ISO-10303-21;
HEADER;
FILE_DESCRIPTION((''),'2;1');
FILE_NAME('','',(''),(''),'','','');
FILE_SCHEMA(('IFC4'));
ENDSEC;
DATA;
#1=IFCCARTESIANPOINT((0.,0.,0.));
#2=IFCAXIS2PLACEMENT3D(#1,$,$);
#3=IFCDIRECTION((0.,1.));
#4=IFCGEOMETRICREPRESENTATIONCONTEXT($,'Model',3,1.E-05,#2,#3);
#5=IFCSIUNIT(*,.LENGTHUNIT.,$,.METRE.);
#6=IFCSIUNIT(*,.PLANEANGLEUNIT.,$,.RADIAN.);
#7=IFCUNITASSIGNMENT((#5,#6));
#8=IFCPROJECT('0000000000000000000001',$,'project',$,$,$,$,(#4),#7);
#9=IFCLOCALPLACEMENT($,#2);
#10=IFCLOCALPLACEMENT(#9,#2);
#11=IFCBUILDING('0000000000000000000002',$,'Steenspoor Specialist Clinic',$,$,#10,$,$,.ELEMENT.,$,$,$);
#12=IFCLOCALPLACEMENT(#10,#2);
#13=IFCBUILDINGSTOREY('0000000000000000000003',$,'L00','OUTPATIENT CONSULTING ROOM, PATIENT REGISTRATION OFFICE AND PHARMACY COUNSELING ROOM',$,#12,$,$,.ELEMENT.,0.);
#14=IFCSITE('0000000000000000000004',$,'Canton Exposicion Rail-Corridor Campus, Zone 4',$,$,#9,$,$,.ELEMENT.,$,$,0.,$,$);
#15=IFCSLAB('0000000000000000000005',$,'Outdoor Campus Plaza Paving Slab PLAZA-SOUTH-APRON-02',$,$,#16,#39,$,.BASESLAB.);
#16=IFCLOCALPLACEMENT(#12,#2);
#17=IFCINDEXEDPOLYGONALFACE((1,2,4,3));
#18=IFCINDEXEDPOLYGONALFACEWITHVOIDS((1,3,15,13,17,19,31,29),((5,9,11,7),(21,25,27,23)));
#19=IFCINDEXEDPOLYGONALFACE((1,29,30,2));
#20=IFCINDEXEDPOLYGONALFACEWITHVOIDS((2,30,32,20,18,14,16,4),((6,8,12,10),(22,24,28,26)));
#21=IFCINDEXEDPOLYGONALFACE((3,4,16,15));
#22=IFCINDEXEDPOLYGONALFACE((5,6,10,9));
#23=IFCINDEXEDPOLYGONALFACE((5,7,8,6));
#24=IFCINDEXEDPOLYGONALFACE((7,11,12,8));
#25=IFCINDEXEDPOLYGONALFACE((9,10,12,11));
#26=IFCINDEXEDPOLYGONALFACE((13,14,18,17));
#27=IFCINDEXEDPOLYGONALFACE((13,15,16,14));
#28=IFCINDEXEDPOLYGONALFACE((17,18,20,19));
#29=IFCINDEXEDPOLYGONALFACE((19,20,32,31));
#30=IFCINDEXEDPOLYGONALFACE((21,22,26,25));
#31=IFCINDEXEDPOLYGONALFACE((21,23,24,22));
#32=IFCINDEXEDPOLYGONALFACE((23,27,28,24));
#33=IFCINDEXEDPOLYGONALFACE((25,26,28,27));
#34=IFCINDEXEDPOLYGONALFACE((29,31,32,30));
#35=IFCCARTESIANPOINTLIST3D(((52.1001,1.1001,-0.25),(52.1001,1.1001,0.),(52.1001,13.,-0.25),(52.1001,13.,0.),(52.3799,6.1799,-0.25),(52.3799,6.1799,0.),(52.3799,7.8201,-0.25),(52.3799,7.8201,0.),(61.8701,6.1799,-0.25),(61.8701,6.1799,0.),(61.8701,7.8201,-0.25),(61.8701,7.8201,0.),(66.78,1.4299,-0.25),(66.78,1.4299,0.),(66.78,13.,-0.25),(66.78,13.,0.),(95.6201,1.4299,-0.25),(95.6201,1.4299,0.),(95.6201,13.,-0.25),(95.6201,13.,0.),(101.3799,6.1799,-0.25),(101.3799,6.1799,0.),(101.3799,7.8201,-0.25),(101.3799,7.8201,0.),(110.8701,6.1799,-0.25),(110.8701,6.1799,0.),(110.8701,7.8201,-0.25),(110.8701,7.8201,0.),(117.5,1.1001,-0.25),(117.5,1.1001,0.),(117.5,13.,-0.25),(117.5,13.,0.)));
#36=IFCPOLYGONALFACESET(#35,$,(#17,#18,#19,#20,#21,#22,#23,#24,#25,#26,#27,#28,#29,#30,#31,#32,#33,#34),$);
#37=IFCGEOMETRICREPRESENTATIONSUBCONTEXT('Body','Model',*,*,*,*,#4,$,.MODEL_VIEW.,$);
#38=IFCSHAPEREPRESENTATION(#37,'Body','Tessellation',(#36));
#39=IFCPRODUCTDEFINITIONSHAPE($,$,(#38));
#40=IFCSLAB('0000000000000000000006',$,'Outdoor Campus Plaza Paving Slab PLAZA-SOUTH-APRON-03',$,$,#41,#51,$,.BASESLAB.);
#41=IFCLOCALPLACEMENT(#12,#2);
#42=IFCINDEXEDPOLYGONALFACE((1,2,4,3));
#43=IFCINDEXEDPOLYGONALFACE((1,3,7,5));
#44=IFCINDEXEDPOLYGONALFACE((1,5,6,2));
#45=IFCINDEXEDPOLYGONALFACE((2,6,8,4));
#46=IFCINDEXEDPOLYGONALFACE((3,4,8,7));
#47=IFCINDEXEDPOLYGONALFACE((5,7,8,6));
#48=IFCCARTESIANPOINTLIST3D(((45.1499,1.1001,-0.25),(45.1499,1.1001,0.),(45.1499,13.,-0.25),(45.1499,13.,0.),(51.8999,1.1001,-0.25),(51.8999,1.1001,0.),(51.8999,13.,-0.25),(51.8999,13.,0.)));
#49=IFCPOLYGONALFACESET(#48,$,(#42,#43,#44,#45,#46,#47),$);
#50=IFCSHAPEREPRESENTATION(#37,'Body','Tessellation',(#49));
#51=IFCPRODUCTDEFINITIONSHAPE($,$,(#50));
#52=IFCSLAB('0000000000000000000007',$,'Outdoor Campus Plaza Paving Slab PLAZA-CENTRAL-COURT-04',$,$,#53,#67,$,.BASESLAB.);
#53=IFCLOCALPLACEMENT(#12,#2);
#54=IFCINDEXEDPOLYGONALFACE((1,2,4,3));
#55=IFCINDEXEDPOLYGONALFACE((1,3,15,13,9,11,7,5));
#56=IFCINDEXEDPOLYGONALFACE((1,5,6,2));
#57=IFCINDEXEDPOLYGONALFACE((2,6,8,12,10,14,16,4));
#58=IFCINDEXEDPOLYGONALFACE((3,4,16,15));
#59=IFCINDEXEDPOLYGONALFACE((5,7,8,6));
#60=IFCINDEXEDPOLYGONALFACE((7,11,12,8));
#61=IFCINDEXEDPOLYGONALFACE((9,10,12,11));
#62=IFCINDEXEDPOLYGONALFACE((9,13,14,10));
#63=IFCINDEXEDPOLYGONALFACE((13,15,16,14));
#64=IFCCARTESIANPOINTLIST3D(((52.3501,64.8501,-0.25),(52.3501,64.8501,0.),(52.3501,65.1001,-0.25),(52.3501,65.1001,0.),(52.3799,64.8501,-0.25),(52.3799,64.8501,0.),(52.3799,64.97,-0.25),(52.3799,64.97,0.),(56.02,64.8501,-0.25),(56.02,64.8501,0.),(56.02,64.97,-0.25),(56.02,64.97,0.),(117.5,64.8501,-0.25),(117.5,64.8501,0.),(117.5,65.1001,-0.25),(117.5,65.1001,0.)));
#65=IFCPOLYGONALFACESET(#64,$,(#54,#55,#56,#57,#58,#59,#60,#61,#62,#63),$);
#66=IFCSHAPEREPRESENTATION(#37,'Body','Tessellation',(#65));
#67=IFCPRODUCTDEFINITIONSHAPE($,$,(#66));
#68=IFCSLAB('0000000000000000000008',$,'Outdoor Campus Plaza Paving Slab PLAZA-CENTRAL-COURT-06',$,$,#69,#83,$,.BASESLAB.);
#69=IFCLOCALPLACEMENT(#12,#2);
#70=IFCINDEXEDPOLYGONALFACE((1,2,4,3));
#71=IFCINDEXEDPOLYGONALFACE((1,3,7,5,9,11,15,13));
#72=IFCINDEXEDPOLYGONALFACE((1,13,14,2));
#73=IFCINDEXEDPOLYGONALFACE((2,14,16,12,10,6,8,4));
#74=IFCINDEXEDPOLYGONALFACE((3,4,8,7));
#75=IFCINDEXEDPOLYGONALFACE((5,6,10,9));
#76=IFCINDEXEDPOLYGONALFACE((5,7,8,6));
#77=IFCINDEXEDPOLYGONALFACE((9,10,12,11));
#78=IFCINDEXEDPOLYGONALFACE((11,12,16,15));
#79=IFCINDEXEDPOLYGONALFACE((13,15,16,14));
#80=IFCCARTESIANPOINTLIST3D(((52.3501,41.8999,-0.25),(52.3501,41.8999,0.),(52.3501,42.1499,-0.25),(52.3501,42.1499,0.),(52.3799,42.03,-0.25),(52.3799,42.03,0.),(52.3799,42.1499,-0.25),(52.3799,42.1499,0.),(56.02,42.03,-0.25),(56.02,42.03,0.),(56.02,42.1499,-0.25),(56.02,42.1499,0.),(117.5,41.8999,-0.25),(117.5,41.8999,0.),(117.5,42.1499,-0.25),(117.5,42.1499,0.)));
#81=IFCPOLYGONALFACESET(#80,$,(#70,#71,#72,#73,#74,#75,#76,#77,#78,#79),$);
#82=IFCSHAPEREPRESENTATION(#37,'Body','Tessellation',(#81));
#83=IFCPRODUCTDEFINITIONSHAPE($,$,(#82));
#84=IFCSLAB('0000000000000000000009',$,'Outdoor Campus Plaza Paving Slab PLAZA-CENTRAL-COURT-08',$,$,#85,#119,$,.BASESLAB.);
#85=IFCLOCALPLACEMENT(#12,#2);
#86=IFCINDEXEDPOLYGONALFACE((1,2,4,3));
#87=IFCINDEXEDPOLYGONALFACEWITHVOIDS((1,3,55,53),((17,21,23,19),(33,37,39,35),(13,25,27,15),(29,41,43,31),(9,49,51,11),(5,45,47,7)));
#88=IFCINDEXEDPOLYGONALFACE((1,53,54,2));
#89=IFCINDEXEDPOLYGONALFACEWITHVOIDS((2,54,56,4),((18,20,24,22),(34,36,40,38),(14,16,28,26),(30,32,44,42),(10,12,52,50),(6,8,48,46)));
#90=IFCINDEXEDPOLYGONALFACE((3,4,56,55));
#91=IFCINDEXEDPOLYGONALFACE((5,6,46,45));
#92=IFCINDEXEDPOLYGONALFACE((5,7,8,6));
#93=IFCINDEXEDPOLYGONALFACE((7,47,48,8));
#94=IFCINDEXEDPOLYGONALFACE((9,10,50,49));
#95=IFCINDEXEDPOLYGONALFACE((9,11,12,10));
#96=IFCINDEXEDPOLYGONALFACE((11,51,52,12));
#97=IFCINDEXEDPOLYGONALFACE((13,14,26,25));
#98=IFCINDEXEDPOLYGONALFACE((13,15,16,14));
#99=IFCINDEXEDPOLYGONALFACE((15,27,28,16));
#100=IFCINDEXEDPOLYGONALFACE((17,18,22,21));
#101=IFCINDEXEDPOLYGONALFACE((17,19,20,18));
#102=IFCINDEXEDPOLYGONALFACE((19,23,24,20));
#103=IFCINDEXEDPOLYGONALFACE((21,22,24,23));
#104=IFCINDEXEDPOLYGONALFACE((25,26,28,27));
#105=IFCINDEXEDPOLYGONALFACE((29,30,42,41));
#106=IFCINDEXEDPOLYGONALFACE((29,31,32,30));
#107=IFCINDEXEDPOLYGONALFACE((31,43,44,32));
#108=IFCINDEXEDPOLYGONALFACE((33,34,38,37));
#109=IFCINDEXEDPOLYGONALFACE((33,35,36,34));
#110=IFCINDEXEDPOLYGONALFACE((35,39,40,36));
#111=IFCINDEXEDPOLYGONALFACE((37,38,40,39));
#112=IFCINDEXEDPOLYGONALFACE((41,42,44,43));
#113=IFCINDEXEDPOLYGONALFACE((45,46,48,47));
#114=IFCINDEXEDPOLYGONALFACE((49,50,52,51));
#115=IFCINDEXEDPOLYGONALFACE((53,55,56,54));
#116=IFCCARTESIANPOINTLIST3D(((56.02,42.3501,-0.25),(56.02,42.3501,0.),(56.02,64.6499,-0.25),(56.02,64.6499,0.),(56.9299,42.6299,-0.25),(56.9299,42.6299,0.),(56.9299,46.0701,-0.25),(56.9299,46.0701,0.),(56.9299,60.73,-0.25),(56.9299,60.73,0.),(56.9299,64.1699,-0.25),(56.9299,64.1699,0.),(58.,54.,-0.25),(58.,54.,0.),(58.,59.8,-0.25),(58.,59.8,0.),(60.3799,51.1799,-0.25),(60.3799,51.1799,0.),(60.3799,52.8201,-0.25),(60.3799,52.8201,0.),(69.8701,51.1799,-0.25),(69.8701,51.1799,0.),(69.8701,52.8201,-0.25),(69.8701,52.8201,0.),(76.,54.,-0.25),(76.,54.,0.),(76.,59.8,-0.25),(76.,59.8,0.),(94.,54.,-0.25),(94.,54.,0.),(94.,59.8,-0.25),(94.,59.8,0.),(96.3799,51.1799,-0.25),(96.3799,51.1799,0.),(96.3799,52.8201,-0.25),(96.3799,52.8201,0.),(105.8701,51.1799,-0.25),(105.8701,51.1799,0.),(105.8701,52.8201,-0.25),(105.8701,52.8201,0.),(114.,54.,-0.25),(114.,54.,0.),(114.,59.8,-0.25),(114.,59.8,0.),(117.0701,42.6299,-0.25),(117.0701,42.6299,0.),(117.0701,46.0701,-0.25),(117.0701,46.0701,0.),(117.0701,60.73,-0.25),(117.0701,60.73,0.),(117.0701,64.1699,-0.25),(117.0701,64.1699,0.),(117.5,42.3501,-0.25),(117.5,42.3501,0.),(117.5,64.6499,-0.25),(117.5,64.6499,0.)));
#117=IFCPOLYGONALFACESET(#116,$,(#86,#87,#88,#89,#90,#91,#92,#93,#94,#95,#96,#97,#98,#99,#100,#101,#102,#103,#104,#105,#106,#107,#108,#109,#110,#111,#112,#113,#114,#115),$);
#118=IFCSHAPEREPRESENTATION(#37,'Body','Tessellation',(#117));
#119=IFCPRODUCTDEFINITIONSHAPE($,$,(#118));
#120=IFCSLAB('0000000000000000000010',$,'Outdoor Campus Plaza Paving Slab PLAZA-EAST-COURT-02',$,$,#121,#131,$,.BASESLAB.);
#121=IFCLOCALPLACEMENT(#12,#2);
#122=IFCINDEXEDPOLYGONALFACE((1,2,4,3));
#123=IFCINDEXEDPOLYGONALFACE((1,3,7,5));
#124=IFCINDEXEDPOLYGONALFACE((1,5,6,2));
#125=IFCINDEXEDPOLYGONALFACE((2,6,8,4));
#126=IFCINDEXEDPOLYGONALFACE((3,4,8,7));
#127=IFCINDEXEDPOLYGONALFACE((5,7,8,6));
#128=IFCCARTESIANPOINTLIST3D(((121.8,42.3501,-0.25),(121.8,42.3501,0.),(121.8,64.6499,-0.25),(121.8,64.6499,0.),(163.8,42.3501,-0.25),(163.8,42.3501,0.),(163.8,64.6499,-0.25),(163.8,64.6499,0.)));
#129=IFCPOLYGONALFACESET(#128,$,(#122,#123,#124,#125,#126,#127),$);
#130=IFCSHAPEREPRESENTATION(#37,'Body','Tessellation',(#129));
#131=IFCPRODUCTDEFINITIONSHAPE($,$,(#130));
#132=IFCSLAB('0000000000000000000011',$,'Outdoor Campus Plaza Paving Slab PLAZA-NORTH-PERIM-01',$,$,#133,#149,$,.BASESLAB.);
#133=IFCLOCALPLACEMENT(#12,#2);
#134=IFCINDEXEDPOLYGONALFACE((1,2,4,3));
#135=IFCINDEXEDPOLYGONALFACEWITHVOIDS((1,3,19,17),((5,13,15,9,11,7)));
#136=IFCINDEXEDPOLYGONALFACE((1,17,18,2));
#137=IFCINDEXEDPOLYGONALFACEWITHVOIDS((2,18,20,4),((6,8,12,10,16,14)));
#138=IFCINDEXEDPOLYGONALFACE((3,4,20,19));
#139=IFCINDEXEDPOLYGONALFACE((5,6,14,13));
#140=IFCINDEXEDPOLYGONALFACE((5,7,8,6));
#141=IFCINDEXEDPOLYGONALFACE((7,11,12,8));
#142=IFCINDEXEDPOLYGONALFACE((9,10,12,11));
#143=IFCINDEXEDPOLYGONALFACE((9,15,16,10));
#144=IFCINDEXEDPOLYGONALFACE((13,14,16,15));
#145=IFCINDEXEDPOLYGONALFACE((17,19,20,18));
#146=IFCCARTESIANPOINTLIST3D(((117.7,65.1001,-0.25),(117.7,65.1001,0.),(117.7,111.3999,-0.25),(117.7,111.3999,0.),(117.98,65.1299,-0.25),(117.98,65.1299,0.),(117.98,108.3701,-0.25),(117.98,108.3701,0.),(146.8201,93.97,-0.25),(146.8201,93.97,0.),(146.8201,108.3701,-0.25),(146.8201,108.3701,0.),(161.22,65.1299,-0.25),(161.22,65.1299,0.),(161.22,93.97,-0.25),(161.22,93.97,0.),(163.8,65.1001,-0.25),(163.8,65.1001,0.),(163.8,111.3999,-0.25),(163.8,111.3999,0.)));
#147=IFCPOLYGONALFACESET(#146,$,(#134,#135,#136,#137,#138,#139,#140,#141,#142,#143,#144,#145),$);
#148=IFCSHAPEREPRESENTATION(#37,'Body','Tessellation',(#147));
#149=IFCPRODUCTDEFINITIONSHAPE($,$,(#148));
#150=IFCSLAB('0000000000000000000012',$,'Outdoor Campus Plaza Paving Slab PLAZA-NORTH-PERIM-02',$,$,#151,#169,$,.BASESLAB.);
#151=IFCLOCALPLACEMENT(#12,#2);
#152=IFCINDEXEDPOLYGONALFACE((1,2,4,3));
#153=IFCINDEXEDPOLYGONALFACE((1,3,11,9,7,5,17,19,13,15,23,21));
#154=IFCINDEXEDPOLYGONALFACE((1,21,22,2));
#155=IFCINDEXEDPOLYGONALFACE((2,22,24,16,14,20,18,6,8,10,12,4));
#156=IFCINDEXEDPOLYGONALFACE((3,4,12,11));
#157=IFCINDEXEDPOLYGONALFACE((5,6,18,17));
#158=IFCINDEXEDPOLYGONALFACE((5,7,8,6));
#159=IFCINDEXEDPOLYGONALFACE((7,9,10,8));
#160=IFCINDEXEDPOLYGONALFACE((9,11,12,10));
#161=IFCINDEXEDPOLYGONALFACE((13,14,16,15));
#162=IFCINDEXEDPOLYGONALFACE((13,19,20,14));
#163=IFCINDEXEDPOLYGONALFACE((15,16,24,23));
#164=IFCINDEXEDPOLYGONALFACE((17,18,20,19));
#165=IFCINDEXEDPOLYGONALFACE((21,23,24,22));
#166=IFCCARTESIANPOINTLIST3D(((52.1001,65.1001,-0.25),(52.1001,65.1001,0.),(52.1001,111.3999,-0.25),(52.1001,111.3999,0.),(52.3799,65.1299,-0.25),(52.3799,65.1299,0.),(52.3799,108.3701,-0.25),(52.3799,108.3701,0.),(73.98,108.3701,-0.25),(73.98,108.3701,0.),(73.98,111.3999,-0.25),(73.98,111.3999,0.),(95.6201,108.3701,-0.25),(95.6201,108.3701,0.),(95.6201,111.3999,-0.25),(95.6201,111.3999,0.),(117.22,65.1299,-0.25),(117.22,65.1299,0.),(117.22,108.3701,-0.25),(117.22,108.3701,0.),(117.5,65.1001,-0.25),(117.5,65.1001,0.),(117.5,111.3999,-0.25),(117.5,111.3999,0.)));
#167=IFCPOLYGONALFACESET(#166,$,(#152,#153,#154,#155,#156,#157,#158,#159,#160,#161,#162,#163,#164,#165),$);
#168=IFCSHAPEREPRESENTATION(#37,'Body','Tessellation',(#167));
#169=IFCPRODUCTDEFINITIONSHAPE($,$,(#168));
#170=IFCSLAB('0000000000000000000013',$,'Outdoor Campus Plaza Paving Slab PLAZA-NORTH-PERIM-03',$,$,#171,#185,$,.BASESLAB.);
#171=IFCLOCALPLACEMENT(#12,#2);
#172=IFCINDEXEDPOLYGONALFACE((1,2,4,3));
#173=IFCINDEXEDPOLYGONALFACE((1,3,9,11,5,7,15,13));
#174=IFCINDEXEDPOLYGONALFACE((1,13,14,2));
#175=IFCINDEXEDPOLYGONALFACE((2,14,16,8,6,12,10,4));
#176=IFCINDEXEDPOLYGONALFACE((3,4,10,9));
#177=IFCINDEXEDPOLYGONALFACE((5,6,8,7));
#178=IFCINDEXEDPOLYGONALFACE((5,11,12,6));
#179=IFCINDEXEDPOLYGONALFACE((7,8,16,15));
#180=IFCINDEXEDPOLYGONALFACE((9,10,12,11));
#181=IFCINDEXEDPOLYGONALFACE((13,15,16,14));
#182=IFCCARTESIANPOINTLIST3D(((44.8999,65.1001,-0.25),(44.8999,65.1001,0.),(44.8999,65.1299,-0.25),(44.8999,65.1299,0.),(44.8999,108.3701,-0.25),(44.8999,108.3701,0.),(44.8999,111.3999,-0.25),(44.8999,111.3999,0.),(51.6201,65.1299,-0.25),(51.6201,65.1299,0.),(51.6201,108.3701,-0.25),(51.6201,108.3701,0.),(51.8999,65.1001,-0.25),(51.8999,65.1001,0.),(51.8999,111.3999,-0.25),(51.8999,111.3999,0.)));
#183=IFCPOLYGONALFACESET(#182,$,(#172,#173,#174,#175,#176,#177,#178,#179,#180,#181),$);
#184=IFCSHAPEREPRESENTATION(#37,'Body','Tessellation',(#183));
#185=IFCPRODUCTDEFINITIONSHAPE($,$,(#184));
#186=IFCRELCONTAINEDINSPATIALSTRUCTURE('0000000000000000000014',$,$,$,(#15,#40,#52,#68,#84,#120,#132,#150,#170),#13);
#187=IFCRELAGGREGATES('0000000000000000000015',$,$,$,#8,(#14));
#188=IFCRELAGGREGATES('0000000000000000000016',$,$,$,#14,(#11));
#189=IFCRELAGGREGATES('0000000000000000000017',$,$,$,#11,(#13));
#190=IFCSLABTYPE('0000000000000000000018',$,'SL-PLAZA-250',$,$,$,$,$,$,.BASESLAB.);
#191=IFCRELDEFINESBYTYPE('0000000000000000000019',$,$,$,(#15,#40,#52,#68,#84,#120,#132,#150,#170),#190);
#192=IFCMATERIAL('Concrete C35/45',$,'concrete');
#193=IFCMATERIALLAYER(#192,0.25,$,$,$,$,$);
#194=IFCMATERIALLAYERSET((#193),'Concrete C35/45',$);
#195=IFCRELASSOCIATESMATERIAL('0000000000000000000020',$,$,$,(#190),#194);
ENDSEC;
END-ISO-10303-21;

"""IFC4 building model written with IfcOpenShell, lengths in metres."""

from ifc_helpers import new_model, si_unit, direction, frame, origin, place, context, subcontext, project, spatial, polyline, outline, extrude, material, layer, layer_set, type_object, element, save


model = new_model("IFC4")

# Units and contexts
model_context = context("Model", 3, precision=1e-05, world=origin(), true_north=direction((0.0, 1.0)))
body_context = subcontext(model_context, "Body", "Model", "MODEL_VIEW")
ifc_project = project(units=[si_unit("LENGTHUNIT", "METRE"), si_unit("PLANEANGLEUNIT", "RADIAN")], contexts=[model_context])

# Site, building, storey
site_placement = place(None, origin())
site = spatial("IfcSite", under=ifc_project, at=site_placement, Name="Canton Exposicion Rail-Corridor Campus, Zone 4", CompositionType="ELEMENT", RefElevation=0.0)
building_placement = place(site_placement, origin())
building = spatial("IfcBuilding", under=site, at=building_placement, Name="Steenspoor Specialist Clinic", CompositionType="ELEMENT")
storey_placement = place(building_placement, origin())
storey = spatial("IfcBuildingStorey", under=building, at=storey_placement, Name="L00", Description="OUTPATIENT CONSULTING ROOM, PATIENT REGISTRATION OFFICE AND PHARMACY COUNSELING ROOM", CompositionType="ELEMENT", Elevation=0.0)

# Slabs
ifc_material = material(Name="Concrete C35/45", Category="concrete")
ifc_layer_1 = layer(ifc_material, 0.25)
ifc_layer_set_1 = layer_set([ifc_layer_1], Name="Concrete C35/45")
slab_type_1 = type_object("IfcSlabType", Name="SL-PLAZA-250", PredefinedType="BASESLAB", material=ifc_layer_set_1)
slab_1_placement = place(storey_placement, frame((0.0, 0.0, -0.25)))
element("IfcSlab", 1, at=slab_1_placement, inside=storey, type_object=slab_type_1, Name="Outdoor Campus Plaza Paving Slab PLAZA-SOUTH-APRON-02", PredefinedType="BASESLAB", context=body_context, shape_type="SweptSolid", body=[
    extrude(outline(polyline([(117.5, 13.0), (117.5, 1.1001), (52.1001, 1.1001), (52.1001, 13.0), (66.78, 13.0), (66.78, 1.4299), (95.6201, 1.4299), (95.6201, 13.0), (117.5, 13.0)]), holes=[polyline([(61.8701, 7.8201), (52.3799, 7.8201), (52.3799, 6.1799), (61.8701, 6.1799), (61.8701, 7.8201)]), polyline([(110.8701, 6.1799), (110.8701, 7.8201), (101.3799, 7.8201), (101.3799, 6.1799), (110.8701, 6.1799)])]), origin(), (0.0, 0.0, 1.0), 0.25),
])
slab_2_placement = place(storey_placement, frame((0.0, 0.0, -0.25)))
element("IfcSlab", 2, at=slab_2_placement, inside=storey, type_object=slab_type_1, Name="Outdoor Campus Plaza Paving Slab PLAZA-SOUTH-APRON-03", PredefinedType="BASESLAB", context=body_context, shape_type="SweptSolid", body=[
    extrude(outline(polyline([(45.1499, 1.1001), (45.1499, 13.0), (51.8999, 13.0), (51.8999, 1.1001), (45.1499, 1.1001)])), origin(), (0.0, 0.0, 1.0), 0.25),
])
slab_3_placement = place(storey_placement, frame((0.0, 0.0, -0.25)))
element("IfcSlab", 3, at=slab_3_placement, inside=storey, type_object=slab_type_1, Name="Outdoor Campus Plaza Paving Slab PLAZA-CENTRAL-COURT-04", PredefinedType="BASESLAB", context=body_context, shape_type="SweptSolid", body=[
    extrude(outline(polyline([(52.3501, 65.1001), (117.5, 65.1001), (117.5, 64.8501), (56.02, 64.8501), (56.02, 64.97), (52.3799, 64.97), (52.3799, 64.8501), (52.3501, 64.8501), (52.3501, 65.1001)])), origin(), (0.0, 0.0, 1.0), 0.25),
])
slab_4_placement = place(storey_placement, frame((0.0, 0.0, -0.25)))
element("IfcSlab", 4, at=slab_4_placement, inside=storey, type_object=slab_type_1, Name="Outdoor Campus Plaza Paving Slab PLAZA-CENTRAL-COURT-06", PredefinedType="BASESLAB", context=body_context, shape_type="SweptSolid", body=[
    extrude(outline(polyline([(52.3501, 41.8999), (52.3501, 42.1499), (52.3799, 42.1499), (52.3799, 42.03), (56.02, 42.03), (56.02, 42.1499), (117.5, 42.1499), (117.5, 41.8999), (52.3501, 41.8999)])), origin(), (0.0, 0.0, 1.0), 0.25),
])
slab_5_placement = place(storey_placement, frame((0.0, 0.0, -0.25)))
element("IfcSlab", 5, at=slab_5_placement, inside=storey, type_object=slab_type_1, Name="Outdoor Campus Plaza Paving Slab PLAZA-CENTRAL-COURT-08", PredefinedType="BASESLAB", context=body_context, shape_type="SweptSolid", body=[
    extrude(outline(polyline([(117.5, 64.6499), (117.5, 42.3501), (56.02, 42.3501), (56.02, 64.6499), (117.5, 64.6499)]), holes=[polyline([(69.8701, 51.1799), (69.8701, 52.8201), (60.3799, 52.8201), (60.3799, 51.1799), (69.8701, 51.1799)]), polyline([(76.0, 54.0), (76.0, 59.8), (58.0, 59.8), (58.0, 54.0), (76.0, 54.0)]), polyline([(117.0701, 42.6299), (117.0701, 46.0701), (56.9299, 46.0701), (56.9299, 42.6299), (117.0701, 42.6299)]), polyline([(105.8701, 51.1799), (105.8701, 52.8201), (96.3799, 52.8201), (96.3799, 51.1799), (105.8701, 51.1799)]), polyline([(114.0, 54.0), (114.0, 59.8), (94.0, 59.8), (94.0, 54.0), (114.0, 54.0)]), polyline([(117.0701, 60.73), (117.0701, 64.1699), (56.9299, 64.1699), (56.9299, 60.73), (117.0701, 60.73)])]), origin(), (0.0, 0.0, 1.0), 0.25),
])
slab_6_placement = place(storey_placement, frame((0.0, 0.0, -0.25)))
element("IfcSlab", 6, at=slab_6_placement, inside=storey, type_object=slab_type_1, Name="Outdoor Campus Plaza Paving Slab PLAZA-EAST-COURT-02", PredefinedType="BASESLAB", context=body_context, shape_type="SweptSolid", body=[
    extrude(outline(polyline([(163.8, 42.3501), (121.8, 42.3501), (121.8, 64.6499), (163.8, 64.6499), (163.8, 42.3501)])), origin(), (0.0, 0.0, 1.0), 0.25),
])
slab_7_placement = place(storey_placement, frame((0.0, 0.0, -0.25)))
element("IfcSlab", 7, at=slab_7_placement, inside=storey, type_object=slab_type_1, Name="Outdoor Campus Plaza Paving Slab PLAZA-NORTH-PERIM-01", PredefinedType="BASESLAB", context=body_context, shape_type="SweptSolid", body=[
    extrude(outline(polyline([(163.8, 111.3999), (163.8, 65.1001), (117.7, 65.1001), (117.7, 111.3999), (163.8, 111.3999)]), holes=[polyline([(146.8201, 108.3701), (117.98, 108.3701), (117.98, 65.1299), (161.22, 65.1299), (161.22, 93.97), (146.8201, 93.97), (146.8201, 108.3701)])]), origin(), (0.0, 0.0, 1.0), 0.25),
])
slab_8_placement = place(storey_placement, frame((0.0, 0.0, -0.25)))
element("IfcSlab", 8, at=slab_8_placement, inside=storey, type_object=slab_type_1, Name="Outdoor Campus Plaza Paving Slab PLAZA-NORTH-PERIM-02", PredefinedType="BASESLAB", context=body_context, shape_type="SweptSolid", body=[
    extrude(outline(polyline([(117.5, 111.3999), (117.5, 65.1001), (52.1001, 65.1001), (52.1001, 111.3999), (73.98, 111.3999), (73.98, 108.3701), (52.3799, 108.3701), (52.3799, 65.1299), (117.22, 65.1299), (117.22, 108.3701), (95.6201, 108.3701), (95.6201, 111.3999), (117.5, 111.3999)])), origin(), (0.0, 0.0, 1.0), 0.25),
])
slab_9_placement = place(storey_placement, frame((0.0, 0.0, -0.25)))
element("IfcSlab", 9, at=slab_9_placement, inside=storey, type_object=slab_type_1, Name="Outdoor Campus Plaza Paving Slab PLAZA-NORTH-PERIM-03", PredefinedType="BASESLAB", context=body_context, shape_type="SweptSolid", body=[
    extrude(outline(polyline([(51.8999, 111.3999), (51.8999, 65.1001), (44.8999, 65.1001), (44.8999, 65.1299), (51.6201, 65.1299), (51.6201, 108.3701), (44.8999, 108.3701), (44.8999, 111.3999), (51.8999, 111.3999)])), origin(), (0.0, 0.0, 1.0), 0.25),
])

save(model, "model.ifc")
